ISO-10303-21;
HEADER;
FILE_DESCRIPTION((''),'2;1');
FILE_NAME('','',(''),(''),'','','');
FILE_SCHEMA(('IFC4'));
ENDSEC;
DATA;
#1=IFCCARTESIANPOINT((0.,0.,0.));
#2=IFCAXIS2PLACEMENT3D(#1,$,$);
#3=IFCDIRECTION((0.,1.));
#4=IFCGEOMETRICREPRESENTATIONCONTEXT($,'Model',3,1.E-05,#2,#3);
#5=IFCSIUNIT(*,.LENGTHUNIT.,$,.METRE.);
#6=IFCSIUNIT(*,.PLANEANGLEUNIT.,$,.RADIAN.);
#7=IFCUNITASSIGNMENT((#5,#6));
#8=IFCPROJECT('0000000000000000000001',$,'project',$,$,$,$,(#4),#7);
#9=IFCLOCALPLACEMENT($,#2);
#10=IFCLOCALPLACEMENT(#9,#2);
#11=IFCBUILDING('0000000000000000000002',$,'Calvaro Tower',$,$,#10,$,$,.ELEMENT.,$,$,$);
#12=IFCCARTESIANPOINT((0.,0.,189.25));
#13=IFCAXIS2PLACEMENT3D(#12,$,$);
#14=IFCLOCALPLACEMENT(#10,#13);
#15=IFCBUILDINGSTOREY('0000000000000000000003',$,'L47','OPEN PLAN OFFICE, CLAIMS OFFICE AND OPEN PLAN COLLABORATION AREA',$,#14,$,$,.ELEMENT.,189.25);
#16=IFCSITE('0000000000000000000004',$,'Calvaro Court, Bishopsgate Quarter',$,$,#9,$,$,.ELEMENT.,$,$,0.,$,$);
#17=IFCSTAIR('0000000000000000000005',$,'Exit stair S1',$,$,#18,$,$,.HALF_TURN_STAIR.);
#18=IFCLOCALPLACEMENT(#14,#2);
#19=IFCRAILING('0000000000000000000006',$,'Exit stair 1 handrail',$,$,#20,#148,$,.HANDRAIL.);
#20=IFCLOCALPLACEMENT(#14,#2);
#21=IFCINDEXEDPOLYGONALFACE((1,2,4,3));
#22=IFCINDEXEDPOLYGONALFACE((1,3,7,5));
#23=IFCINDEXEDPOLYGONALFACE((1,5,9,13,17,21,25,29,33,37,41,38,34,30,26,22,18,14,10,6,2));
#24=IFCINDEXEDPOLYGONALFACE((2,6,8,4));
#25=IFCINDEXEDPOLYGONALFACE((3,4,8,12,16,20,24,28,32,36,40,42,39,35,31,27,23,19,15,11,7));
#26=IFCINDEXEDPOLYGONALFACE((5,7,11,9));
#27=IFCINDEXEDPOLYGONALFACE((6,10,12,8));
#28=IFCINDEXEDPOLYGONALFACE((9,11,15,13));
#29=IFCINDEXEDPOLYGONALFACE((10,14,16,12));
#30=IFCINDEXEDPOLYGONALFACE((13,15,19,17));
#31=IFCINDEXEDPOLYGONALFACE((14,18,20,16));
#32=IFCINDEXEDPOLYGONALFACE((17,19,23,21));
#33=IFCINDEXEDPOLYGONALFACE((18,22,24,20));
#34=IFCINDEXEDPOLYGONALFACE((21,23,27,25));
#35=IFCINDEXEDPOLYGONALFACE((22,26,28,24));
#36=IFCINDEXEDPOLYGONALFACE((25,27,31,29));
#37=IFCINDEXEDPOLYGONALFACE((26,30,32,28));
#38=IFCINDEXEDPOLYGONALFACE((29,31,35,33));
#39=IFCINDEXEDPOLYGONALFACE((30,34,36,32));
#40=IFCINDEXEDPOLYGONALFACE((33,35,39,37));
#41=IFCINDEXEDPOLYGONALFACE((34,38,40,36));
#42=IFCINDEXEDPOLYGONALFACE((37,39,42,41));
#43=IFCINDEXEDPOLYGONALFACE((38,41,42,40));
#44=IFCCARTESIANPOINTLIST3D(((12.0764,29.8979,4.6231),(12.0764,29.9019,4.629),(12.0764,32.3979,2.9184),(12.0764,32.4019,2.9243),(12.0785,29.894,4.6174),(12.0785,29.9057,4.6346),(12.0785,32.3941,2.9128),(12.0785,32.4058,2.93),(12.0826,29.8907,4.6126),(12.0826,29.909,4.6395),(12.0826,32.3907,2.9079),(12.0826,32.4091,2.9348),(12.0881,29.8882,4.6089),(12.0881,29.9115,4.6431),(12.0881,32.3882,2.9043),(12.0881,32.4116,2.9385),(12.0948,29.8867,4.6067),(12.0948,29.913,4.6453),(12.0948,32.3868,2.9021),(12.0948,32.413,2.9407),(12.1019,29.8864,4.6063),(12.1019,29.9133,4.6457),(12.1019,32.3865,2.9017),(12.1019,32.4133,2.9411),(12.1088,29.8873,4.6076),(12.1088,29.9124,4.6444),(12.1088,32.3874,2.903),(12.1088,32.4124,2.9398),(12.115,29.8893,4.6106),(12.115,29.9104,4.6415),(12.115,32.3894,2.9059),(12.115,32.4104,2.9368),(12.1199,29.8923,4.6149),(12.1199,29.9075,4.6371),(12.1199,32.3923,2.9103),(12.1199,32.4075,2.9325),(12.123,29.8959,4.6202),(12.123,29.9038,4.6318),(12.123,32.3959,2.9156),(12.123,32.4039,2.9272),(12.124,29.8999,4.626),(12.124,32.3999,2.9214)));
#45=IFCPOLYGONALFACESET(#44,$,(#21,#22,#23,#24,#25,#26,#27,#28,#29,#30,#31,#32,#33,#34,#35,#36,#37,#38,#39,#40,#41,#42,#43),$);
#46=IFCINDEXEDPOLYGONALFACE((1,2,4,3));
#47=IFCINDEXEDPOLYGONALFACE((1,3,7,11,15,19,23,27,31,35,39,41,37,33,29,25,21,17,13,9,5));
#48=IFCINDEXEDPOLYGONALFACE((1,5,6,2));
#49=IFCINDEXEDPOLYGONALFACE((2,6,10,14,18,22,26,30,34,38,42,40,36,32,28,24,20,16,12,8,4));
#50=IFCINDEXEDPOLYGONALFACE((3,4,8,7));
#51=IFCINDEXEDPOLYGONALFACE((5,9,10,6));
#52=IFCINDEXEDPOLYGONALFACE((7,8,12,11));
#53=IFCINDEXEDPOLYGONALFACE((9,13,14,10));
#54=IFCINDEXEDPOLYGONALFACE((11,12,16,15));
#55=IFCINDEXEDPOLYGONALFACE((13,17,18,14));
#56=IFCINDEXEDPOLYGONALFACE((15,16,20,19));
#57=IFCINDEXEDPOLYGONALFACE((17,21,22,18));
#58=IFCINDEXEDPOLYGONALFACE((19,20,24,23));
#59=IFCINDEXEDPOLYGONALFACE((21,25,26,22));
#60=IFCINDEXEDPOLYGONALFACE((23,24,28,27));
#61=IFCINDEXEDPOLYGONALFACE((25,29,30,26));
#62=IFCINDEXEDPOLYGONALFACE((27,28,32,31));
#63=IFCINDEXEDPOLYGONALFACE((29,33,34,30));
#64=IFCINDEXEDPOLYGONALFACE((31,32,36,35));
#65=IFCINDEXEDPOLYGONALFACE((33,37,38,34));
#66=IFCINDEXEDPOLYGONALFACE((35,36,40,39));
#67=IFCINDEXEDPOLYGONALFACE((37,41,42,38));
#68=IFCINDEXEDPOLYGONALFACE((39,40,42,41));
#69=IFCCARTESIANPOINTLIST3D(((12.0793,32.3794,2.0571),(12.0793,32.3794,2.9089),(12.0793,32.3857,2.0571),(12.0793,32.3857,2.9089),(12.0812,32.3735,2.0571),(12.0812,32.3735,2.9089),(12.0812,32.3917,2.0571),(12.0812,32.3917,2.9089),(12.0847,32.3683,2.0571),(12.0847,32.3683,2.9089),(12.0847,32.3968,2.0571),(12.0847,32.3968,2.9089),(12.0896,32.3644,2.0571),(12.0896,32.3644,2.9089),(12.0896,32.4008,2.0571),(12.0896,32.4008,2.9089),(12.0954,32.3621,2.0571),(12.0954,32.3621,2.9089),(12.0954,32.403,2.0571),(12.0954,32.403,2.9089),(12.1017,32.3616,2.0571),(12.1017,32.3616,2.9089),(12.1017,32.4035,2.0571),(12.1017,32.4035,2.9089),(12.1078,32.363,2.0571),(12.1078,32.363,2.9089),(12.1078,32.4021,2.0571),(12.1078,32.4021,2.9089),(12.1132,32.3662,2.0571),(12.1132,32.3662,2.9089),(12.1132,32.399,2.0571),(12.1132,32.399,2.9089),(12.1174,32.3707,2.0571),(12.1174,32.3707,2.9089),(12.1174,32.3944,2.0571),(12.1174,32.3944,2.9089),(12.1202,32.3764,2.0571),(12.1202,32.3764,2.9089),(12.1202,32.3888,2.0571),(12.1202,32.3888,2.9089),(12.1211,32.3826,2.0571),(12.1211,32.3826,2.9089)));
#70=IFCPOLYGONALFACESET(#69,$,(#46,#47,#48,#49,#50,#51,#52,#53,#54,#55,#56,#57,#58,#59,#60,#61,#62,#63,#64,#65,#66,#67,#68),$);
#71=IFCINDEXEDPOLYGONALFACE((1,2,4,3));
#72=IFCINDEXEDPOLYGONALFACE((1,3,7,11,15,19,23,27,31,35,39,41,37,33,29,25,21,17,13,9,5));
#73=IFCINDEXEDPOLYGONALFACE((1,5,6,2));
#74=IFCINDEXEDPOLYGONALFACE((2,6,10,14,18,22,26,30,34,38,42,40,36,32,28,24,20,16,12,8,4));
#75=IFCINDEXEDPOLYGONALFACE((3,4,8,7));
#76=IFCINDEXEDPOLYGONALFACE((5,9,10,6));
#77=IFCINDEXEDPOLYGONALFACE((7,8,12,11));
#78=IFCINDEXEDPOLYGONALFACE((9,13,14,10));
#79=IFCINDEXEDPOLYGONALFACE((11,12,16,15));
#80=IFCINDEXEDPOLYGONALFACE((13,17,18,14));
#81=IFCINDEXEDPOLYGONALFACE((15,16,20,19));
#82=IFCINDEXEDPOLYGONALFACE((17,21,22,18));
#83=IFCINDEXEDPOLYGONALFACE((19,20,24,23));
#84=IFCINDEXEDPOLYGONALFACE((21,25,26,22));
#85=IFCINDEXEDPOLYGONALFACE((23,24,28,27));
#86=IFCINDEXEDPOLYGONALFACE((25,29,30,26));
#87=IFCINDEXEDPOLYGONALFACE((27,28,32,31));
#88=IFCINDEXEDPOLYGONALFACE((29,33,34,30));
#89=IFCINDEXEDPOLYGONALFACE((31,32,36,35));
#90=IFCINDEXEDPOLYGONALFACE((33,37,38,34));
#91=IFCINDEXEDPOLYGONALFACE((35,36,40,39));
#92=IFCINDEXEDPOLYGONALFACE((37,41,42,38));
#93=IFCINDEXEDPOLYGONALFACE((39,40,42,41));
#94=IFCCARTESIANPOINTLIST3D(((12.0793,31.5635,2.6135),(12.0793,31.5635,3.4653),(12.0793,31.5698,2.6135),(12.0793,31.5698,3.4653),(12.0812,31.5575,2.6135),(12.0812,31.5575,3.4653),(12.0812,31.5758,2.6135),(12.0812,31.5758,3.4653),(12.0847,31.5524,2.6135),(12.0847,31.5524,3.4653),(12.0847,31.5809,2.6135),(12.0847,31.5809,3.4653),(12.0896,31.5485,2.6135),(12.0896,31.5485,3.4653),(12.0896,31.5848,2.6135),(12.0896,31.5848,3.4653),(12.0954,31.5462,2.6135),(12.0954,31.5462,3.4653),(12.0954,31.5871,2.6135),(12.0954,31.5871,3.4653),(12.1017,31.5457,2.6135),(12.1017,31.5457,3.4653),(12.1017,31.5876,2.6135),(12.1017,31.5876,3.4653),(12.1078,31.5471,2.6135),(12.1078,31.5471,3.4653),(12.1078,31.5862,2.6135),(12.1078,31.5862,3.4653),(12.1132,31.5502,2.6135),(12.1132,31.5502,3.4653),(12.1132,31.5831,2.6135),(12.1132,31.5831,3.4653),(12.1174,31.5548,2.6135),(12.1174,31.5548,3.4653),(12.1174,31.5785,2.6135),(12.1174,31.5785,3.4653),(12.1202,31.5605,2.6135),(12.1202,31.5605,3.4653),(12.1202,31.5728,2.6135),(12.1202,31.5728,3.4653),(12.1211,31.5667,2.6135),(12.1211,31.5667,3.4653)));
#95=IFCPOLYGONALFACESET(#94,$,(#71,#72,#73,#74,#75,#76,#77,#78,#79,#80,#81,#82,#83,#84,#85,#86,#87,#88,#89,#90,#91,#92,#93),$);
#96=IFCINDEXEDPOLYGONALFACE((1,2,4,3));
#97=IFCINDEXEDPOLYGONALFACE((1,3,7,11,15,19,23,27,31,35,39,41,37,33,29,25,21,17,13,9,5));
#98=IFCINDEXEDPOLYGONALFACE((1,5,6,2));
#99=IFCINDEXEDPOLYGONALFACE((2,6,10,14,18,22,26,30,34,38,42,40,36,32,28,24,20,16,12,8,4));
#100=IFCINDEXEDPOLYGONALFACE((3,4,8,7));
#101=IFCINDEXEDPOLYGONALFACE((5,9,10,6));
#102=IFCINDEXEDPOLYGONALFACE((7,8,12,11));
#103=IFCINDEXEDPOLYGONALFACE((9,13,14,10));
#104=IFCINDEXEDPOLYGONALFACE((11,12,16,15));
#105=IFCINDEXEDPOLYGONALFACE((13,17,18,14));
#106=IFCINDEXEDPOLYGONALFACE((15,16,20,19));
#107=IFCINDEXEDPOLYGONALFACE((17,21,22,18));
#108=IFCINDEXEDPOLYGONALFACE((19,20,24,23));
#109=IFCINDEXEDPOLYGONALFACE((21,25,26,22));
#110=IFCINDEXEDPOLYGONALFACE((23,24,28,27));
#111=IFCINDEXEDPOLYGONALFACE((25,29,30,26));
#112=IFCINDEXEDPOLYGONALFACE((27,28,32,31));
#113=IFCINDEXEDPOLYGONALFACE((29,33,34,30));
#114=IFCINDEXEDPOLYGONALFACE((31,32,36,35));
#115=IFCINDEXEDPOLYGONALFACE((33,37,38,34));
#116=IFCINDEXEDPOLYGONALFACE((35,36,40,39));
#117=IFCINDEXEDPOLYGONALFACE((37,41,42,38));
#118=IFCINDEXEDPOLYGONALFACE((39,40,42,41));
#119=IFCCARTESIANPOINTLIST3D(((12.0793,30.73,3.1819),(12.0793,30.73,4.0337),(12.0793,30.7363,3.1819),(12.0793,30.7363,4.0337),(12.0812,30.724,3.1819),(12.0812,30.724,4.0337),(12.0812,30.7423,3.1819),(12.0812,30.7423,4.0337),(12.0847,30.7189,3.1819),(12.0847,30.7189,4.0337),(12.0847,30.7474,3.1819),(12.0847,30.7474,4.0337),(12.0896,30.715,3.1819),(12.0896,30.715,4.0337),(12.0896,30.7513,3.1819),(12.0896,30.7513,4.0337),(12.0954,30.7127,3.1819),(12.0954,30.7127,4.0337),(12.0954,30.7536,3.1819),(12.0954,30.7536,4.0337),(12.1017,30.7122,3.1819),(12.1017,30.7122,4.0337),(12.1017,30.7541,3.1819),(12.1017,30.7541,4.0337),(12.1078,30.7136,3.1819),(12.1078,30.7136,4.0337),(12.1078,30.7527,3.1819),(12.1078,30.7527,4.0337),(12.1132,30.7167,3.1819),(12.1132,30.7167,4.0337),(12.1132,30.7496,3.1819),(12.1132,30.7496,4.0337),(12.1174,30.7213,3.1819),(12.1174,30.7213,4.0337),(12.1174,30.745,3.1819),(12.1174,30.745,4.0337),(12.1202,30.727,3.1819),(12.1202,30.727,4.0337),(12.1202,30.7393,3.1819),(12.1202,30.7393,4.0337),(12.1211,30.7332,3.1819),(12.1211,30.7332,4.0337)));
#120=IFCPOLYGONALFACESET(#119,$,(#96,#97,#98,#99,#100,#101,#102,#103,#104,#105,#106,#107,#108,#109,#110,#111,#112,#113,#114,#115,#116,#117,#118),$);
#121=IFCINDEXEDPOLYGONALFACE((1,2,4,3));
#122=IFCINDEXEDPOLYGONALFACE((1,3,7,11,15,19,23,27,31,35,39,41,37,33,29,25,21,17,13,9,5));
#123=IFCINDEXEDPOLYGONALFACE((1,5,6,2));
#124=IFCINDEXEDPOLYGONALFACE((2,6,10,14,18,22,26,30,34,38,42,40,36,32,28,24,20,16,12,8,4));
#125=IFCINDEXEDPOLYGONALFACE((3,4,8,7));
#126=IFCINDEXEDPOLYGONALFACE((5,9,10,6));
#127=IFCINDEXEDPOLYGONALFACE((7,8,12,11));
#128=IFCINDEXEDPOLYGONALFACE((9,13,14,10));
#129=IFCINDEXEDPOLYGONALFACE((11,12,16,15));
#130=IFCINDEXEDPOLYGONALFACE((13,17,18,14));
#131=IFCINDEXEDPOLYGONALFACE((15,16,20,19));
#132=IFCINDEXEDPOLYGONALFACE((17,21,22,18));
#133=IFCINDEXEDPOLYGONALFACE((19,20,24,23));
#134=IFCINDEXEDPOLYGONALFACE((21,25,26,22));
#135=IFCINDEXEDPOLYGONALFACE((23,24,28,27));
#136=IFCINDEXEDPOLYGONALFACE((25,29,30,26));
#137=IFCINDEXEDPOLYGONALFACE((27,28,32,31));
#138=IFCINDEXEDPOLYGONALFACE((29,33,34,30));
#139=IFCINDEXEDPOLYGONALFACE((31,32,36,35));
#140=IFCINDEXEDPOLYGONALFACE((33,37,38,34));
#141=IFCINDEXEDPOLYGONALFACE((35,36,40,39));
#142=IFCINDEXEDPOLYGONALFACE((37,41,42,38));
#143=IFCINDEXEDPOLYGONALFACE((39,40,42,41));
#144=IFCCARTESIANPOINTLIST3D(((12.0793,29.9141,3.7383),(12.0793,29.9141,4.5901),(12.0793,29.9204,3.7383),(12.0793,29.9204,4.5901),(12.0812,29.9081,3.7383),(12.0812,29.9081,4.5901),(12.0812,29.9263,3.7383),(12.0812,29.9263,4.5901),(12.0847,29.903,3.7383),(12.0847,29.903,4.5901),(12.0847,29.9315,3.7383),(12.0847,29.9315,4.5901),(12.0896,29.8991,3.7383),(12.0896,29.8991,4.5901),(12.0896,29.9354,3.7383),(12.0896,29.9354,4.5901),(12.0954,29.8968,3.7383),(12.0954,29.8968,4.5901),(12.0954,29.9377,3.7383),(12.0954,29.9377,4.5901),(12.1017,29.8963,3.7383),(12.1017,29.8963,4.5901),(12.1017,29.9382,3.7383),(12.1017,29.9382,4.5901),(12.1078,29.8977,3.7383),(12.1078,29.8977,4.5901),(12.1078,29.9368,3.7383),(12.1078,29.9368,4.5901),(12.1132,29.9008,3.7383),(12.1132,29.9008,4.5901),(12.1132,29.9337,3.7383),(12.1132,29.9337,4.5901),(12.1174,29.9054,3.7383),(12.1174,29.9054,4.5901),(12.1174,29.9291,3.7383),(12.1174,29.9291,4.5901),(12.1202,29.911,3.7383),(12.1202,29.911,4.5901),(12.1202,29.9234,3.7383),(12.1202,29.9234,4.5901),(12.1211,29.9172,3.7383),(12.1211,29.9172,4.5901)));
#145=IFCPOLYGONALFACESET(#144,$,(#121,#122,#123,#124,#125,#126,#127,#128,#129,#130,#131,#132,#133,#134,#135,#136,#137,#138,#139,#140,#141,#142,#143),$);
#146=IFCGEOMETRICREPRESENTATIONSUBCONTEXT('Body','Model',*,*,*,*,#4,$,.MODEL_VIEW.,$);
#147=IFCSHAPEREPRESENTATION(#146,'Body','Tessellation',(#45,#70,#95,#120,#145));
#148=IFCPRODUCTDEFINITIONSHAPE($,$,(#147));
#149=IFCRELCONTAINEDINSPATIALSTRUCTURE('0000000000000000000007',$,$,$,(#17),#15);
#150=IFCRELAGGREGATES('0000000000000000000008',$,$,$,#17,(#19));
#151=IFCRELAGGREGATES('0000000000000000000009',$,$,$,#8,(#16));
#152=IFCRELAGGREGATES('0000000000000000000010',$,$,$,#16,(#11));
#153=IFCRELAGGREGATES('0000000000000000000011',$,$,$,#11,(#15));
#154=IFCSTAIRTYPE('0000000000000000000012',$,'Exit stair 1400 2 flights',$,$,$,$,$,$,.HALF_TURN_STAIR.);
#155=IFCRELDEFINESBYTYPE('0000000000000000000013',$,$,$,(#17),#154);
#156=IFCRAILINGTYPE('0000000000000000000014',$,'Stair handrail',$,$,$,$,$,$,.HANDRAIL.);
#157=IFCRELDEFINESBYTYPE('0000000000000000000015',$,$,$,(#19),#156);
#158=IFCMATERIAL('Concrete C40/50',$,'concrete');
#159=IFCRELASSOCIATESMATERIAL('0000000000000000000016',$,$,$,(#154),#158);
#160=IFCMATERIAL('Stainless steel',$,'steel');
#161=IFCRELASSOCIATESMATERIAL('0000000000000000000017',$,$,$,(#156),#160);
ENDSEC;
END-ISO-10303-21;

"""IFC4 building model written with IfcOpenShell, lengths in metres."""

from ifc_helpers import new_model, si_unit, direction, frame, origin, origin_2d, place, context, subcontext, project, spatial, circle, extrude, material, type_object, element, aggregate, save


model = new_model("IFC4")

# Units and contexts
model_context = context("Model", 3, precision=1e-05, world=origin(), true_north=direction((0.0, 1.0)))
body_context = subcontext(model_context, "Body", "Model", "MODEL_VIEW")
ifc_project = project(units=[si_unit("LENGTHUNIT", "METRE"), si_unit("PLANEANGLEUNIT", "RADIAN")], contexts=[model_context])

# Site, building, storey
site_placement = place(None, origin())
site = spatial("IfcSite", under=ifc_project, at=site_placement, Name="Calvaro Court, Bishopsgate Quarter", CompositionType="ELEMENT", RefElevation=0.0)
building_placement = place(site_placement, origin())
building = spatial("IfcBuilding", under=site, at=building_placement, Name="Calvaro Tower", CompositionType="ELEMENT")
storey_placement = place(building_placement, frame((0.0, 0.0, 189.25)))
storey = spatial("IfcBuildingStorey", under=building, at=storey_placement, Name="L47", Description="OPEN PLAN OFFICE, CLAIMS OFFICE AND OPEN PLAN COLLABORATION AREA", CompositionType="ELEMENT", Elevation=189.25)

# Stair, railing
ifc_material_1 = material(Name="Concrete C40/50", Category="concrete")
stair_type = type_object("IfcStairType", Name="Exit stair 1400 2 flights", PredefinedType="HALF_TURN_STAIR", material=ifc_material_1)
stair_placement = place(storey_placement, origin())
stair = element("IfcStair", 1, at=stair_placement, inside=storey, type_object=stair_type, Name="Exit stair S1", PredefinedType="HALF_TURN_STAIR")
ifc_material_2 = material(Name="Stainless steel", Category="steel")
railing_type = type_object("IfcRailingType", Name="Stair handrail", PredefinedType="HANDRAIL", material=ifc_material_2)
railing_1_placement = place(storey_placement, frame((12.1001, 32.3999, 2.0454)))
railing_1 = element("IfcRailing", 2, at=railing_1_placement, type_object=railing_type, Name="Exit stair 1 handrail", PredefinedType="HANDRAIL", context=body_context, shape_type="SweptSolid", body=[
    extrude(circle(Radius=0.0239, at=origin_2d()), frame((0.0, 0.0, 0.876), z_axis=(0.0, -0.826221, 0.563347), x_axis=(1.0, 0.0, 0.0)), (0.0, 0.0, 1.0), 3.0259),
    extrude(circle(Radius=0.021, at=origin_2d()), frame((0.0, -0.0173, 0.0117)), (0.0, 0.0, 1.0), 0.8518),
    extrude(circle(Radius=0.021, at=origin_2d()), frame((0.0, -0.8333, 0.5681)), (0.0, 0.0, 1.0), 0.8518),
    extrude(circle(Radius=0.021, at=origin_2d()), frame((0.0, -1.6667, 1.1365)), (0.0, 0.0, 1.0), 0.8518),
    extrude(circle(Radius=0.021, at=origin_2d()), frame((0.0, -2.4827, 1.6929)), (0.0, 0.0, 1.0), 0.8518),
])
aggregate(stair, [railing_1])

save(model, "model.ifc")
